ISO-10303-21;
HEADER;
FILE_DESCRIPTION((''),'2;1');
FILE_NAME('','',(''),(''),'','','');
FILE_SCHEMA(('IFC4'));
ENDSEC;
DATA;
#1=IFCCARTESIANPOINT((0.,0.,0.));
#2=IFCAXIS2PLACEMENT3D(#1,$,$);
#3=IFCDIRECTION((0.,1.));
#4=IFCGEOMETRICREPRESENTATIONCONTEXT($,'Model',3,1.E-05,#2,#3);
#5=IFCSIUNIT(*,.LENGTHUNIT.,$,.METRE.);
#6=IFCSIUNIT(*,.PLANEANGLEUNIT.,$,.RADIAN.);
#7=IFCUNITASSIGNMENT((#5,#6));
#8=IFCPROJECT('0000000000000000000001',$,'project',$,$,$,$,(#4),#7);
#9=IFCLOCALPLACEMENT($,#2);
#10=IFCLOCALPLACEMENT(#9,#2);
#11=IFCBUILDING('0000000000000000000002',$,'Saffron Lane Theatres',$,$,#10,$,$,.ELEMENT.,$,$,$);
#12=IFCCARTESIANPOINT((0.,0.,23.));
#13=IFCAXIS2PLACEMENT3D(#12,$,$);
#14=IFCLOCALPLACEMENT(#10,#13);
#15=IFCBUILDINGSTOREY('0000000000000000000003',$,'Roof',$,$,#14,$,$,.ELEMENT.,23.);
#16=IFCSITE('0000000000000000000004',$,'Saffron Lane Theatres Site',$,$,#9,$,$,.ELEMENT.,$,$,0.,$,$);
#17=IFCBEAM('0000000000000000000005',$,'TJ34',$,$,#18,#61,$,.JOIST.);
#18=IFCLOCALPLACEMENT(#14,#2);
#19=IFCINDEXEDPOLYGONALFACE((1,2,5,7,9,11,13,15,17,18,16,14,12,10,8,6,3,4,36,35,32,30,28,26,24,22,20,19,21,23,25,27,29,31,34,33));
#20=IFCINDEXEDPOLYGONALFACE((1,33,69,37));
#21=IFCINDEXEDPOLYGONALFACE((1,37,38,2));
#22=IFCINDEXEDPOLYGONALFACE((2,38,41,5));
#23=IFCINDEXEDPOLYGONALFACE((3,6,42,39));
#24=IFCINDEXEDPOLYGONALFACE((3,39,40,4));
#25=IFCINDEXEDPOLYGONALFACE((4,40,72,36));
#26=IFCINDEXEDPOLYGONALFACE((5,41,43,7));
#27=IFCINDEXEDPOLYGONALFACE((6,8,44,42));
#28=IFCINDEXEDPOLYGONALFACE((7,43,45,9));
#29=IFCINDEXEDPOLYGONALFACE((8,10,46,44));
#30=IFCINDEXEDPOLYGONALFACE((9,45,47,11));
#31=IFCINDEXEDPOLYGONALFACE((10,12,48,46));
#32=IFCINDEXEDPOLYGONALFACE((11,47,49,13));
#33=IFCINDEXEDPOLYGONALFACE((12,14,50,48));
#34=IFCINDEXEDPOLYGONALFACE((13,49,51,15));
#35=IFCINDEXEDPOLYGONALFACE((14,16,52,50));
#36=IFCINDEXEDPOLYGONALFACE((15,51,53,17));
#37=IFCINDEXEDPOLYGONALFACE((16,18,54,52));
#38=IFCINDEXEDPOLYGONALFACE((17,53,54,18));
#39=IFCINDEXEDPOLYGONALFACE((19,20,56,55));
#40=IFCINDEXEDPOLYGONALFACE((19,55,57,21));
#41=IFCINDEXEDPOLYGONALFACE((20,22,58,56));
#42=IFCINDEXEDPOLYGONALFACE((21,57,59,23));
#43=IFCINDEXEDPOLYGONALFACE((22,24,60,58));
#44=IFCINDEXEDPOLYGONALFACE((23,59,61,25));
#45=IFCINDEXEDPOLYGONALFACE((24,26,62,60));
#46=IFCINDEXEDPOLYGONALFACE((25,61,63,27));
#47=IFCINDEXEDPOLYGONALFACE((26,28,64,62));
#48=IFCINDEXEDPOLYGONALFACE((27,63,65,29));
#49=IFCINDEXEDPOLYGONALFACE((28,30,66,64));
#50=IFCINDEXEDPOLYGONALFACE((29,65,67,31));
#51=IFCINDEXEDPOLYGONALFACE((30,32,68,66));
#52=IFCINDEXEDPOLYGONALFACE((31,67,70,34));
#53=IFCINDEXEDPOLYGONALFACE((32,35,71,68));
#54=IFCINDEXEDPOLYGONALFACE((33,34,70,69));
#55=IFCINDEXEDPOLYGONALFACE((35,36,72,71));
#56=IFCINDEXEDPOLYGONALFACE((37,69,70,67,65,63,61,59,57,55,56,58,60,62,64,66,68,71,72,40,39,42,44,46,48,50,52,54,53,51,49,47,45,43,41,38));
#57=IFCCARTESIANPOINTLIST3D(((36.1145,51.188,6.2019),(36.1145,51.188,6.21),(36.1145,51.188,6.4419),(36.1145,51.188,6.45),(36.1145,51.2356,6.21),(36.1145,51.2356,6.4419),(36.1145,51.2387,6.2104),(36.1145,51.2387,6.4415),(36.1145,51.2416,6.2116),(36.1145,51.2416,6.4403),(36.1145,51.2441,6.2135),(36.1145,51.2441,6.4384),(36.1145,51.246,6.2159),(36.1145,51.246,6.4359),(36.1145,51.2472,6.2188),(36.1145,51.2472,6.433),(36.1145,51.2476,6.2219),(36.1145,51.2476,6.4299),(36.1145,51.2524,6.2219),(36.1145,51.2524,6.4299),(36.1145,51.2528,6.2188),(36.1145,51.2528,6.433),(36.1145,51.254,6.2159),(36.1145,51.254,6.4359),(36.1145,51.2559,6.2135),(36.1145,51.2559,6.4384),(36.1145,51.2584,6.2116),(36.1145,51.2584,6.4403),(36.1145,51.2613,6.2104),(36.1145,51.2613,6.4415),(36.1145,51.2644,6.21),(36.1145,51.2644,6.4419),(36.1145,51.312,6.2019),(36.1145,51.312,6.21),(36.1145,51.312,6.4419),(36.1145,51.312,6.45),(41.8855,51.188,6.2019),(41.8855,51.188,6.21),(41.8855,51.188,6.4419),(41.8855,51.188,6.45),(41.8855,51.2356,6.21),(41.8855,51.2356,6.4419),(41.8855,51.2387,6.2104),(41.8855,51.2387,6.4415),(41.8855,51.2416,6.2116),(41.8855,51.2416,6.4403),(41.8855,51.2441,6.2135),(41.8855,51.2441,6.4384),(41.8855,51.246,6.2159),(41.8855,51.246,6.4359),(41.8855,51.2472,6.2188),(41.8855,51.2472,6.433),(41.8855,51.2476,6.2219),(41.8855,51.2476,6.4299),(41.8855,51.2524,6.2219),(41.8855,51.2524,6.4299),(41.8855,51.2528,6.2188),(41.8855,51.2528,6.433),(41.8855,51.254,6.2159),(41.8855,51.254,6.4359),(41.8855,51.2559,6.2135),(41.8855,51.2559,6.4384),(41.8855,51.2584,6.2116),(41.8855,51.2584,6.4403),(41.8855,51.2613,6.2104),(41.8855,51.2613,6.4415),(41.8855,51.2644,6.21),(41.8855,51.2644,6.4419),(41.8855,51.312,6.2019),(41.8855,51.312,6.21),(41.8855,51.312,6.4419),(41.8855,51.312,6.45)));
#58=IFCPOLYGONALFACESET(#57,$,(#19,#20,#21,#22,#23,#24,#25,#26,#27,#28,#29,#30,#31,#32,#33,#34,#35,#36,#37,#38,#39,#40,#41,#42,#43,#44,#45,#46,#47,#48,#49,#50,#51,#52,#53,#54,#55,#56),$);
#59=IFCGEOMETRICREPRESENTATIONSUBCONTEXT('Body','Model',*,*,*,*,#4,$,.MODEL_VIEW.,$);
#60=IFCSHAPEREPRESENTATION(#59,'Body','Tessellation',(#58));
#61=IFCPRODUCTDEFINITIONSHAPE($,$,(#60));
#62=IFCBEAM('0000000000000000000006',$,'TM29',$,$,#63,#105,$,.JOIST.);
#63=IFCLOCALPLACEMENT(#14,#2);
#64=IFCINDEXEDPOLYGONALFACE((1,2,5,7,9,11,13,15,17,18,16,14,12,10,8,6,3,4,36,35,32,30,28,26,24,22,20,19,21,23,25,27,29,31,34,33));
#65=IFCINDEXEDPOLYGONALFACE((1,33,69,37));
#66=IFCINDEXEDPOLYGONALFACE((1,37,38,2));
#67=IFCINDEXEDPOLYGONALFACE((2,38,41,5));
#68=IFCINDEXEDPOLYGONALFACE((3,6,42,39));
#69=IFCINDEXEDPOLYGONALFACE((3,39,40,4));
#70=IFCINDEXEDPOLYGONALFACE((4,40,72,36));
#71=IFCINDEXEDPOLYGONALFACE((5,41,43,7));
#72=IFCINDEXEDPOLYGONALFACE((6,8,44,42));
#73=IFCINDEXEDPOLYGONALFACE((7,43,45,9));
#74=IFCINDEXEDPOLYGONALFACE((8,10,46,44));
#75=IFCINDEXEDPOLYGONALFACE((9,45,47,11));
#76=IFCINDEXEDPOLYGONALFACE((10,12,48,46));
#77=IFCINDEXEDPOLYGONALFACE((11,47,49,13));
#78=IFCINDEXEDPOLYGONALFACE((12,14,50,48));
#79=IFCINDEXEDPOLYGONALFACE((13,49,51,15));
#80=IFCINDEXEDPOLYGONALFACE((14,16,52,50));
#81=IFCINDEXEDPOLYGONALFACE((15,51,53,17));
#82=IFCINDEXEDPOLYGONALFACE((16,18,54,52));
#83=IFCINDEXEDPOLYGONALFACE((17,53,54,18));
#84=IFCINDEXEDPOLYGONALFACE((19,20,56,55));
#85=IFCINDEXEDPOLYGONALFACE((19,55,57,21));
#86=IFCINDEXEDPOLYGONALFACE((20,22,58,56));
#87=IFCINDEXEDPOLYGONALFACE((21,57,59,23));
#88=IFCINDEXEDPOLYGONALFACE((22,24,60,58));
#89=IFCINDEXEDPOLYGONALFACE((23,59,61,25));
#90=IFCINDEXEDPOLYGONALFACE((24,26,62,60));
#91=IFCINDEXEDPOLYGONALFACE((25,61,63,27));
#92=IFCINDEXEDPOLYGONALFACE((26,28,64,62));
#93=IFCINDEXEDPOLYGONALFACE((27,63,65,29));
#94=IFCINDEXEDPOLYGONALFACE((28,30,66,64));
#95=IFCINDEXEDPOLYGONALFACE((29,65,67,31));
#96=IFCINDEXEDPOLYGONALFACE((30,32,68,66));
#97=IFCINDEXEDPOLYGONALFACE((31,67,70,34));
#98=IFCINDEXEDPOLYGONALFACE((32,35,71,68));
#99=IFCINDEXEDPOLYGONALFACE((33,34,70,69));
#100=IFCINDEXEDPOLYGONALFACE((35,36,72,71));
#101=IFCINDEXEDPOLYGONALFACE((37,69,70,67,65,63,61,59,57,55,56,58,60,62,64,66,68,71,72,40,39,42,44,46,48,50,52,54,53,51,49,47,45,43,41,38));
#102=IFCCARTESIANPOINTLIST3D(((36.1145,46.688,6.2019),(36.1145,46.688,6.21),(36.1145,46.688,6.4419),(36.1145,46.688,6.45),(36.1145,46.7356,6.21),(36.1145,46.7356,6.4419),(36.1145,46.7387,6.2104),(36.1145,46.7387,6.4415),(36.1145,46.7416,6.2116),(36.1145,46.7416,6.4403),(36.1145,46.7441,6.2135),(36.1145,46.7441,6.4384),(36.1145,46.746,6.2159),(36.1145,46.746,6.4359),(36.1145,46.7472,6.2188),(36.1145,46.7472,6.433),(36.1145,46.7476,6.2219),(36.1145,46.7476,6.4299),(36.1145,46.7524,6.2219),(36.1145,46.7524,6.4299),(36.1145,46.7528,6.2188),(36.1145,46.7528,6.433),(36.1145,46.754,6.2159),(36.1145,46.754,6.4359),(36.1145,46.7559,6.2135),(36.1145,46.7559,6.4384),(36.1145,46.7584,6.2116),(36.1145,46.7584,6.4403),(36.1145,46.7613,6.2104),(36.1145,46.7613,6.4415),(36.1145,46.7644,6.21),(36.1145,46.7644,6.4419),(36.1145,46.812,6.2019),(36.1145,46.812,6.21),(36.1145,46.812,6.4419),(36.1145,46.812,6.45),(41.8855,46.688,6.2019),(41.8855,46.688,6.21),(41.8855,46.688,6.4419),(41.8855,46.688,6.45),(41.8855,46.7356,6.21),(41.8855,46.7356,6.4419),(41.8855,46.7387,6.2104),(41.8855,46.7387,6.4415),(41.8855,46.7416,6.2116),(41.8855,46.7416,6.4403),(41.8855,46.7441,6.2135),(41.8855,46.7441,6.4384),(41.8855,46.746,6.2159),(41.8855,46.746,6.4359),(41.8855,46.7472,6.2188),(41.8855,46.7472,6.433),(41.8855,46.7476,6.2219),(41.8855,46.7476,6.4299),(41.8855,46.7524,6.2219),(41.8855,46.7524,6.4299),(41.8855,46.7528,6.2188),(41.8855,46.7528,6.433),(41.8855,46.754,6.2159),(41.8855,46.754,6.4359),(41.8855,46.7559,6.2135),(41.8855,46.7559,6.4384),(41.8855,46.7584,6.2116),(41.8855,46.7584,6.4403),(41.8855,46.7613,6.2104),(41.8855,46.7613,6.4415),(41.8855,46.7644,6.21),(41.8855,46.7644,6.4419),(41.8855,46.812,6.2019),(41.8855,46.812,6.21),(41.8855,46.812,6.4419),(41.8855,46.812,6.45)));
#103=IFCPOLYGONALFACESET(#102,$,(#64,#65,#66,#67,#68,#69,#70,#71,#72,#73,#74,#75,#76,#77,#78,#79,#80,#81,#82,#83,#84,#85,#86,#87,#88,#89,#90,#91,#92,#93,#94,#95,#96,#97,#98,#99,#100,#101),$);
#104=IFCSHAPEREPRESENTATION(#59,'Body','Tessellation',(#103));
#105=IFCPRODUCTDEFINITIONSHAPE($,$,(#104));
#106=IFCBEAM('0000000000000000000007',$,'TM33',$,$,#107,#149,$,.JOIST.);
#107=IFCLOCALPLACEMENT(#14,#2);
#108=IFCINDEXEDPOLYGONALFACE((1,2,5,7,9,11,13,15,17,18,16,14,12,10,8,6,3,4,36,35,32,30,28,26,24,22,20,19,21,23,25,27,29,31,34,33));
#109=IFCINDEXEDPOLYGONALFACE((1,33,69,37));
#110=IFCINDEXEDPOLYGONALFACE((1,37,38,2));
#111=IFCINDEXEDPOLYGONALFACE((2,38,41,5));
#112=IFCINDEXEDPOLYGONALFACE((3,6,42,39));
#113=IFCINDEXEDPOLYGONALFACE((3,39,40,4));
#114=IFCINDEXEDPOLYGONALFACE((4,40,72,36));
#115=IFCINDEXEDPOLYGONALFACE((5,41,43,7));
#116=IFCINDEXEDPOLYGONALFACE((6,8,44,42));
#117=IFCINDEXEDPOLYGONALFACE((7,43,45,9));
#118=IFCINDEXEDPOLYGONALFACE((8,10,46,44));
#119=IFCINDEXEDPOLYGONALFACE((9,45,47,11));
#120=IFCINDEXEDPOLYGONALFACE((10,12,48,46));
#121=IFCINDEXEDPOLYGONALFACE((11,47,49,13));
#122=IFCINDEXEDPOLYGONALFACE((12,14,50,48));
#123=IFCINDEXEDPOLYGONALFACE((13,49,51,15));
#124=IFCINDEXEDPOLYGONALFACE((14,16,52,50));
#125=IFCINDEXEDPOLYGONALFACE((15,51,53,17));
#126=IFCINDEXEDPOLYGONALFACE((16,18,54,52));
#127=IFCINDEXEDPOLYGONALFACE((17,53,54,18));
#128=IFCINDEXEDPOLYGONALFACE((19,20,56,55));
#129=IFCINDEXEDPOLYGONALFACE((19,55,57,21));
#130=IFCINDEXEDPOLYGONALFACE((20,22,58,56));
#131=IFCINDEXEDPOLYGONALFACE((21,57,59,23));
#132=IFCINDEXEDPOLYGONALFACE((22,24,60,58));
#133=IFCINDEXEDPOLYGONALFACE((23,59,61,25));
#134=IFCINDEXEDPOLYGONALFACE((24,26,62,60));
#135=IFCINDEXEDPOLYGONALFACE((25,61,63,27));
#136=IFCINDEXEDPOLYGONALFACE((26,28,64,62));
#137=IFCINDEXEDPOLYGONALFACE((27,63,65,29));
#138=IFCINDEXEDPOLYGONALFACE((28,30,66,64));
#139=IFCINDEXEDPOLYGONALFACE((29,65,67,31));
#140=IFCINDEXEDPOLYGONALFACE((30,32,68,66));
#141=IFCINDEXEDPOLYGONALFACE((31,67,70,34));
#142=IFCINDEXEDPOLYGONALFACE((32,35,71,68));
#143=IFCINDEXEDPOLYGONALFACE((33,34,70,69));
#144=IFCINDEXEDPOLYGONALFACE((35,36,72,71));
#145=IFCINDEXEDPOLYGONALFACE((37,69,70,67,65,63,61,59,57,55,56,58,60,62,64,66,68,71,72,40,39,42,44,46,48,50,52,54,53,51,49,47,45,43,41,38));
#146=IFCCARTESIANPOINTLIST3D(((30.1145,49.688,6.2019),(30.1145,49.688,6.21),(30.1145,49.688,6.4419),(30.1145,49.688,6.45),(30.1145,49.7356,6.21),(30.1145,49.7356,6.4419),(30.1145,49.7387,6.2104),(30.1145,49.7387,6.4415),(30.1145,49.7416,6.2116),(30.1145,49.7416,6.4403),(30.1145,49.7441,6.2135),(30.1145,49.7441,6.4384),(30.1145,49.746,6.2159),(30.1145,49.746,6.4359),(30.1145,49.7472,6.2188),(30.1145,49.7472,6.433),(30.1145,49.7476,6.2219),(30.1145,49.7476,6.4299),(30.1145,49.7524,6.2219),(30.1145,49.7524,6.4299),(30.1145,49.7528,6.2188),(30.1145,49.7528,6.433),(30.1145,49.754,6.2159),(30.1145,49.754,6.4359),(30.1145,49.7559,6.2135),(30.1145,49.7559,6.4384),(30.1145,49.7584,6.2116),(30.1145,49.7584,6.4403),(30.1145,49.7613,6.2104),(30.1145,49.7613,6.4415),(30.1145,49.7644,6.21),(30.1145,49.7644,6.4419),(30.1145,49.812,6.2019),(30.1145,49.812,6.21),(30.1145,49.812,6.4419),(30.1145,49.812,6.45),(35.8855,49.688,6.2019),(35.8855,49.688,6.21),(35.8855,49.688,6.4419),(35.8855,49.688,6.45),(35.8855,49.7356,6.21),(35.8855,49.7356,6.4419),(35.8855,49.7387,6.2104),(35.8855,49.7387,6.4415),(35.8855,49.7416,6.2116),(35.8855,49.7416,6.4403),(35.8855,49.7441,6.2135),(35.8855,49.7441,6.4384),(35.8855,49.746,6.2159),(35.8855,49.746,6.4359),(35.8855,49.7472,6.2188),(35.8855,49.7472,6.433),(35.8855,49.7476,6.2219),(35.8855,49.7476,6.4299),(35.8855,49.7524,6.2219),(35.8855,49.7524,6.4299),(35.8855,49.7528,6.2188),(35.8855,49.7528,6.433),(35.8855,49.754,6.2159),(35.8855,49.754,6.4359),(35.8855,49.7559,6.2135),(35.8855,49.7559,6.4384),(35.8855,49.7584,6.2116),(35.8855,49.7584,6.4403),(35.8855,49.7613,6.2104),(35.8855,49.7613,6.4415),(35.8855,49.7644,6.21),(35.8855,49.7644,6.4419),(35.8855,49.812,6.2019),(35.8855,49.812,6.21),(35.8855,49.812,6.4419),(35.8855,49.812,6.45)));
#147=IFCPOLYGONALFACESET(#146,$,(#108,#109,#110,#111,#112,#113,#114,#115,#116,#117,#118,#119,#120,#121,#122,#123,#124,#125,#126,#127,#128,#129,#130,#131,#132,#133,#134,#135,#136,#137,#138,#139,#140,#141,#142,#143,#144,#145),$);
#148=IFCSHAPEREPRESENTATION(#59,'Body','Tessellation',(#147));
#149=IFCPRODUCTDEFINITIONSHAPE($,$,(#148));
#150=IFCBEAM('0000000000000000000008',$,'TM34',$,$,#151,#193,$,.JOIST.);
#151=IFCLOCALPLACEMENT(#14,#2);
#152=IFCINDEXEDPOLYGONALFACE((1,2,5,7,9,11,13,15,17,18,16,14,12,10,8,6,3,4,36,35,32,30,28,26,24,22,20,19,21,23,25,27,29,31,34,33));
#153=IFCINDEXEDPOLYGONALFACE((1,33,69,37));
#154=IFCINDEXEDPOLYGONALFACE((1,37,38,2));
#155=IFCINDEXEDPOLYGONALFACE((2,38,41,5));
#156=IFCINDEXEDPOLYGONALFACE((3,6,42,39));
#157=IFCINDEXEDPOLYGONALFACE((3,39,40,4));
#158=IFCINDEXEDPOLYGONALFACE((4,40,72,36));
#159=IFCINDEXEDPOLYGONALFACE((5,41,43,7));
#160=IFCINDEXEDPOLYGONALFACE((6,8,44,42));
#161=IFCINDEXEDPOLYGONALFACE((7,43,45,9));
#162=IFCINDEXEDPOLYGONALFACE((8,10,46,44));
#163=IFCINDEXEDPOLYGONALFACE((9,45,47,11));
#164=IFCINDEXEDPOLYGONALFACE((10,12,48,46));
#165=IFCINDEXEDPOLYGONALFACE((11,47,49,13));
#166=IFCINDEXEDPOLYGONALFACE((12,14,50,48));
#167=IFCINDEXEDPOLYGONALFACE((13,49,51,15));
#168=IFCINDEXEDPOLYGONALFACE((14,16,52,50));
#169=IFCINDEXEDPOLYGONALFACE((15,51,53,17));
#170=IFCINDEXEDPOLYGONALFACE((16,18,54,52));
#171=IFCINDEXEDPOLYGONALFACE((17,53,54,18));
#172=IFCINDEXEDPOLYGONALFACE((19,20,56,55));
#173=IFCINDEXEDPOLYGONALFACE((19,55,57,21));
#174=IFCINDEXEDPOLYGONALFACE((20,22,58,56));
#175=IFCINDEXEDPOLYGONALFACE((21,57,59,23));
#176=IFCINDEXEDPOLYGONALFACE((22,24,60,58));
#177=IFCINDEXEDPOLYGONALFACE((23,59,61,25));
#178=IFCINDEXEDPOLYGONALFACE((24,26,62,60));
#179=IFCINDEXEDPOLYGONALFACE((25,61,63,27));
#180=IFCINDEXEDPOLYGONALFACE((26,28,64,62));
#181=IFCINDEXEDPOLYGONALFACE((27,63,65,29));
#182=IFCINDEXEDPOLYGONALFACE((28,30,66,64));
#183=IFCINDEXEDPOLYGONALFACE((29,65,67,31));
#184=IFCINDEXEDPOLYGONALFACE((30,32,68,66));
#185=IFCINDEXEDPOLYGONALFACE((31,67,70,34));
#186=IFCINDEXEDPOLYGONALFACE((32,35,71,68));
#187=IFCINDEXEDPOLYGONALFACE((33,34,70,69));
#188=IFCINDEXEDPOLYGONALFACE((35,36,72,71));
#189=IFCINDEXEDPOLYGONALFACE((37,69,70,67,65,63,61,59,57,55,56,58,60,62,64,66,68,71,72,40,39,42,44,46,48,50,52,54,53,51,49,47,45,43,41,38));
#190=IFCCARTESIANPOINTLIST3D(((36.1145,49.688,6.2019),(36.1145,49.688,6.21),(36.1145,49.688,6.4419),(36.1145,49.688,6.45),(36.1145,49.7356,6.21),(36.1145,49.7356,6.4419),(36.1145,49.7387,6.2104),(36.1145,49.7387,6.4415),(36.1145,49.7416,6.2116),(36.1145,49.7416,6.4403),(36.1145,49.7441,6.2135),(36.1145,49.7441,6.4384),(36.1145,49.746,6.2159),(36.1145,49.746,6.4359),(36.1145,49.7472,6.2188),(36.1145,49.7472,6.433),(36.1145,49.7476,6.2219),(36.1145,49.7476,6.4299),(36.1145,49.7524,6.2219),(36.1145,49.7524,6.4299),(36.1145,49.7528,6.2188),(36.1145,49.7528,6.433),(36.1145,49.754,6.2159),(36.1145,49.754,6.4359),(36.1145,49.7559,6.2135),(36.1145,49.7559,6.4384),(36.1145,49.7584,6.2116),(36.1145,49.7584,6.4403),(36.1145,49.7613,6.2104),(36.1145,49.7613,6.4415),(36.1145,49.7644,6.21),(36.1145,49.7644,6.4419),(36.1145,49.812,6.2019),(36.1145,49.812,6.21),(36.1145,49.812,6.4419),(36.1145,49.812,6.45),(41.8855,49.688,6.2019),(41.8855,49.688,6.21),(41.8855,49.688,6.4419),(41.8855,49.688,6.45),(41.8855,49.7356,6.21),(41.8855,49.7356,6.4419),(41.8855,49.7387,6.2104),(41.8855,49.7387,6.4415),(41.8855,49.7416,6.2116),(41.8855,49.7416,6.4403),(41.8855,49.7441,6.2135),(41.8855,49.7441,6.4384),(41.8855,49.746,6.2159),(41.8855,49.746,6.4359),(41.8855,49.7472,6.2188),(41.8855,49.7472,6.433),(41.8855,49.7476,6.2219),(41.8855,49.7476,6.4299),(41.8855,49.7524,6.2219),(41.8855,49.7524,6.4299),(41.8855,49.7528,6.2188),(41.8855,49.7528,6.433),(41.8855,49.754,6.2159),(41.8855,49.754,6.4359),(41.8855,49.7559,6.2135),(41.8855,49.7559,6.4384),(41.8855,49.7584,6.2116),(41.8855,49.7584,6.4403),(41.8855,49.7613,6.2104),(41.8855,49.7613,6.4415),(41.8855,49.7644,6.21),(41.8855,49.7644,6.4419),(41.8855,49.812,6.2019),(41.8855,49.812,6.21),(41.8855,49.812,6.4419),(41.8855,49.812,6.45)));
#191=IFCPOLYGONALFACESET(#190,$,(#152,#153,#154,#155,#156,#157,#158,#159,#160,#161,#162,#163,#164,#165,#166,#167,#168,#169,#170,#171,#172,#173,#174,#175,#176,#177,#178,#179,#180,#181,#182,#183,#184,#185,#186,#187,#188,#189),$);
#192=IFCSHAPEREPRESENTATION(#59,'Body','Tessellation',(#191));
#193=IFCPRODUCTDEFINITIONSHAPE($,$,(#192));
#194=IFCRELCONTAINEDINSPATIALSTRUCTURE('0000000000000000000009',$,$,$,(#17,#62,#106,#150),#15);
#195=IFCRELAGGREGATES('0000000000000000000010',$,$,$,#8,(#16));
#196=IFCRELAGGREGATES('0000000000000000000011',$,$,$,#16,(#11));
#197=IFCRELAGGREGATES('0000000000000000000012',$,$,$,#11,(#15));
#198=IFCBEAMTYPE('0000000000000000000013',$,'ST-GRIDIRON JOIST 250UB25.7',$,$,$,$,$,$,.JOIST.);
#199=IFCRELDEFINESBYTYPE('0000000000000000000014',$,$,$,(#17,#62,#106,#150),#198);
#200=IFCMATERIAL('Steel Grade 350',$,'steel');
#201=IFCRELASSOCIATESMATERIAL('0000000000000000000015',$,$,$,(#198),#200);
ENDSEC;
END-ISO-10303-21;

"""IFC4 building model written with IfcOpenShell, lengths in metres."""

from ifc_helpers import new_model, si_unit, direction, frame, origin, origin_2d, place, context, subcontext, project, spatial, i_section, extrude, material, material_profile, profile_set, type_object, element, save


model = new_model("IFC4")

# Units and contexts
model_context = context("Model", 3, precision=1e-05, world=origin(), true_north=direction((0.0, 1.0)))
body_context = subcontext(model_context, "Body", "Model", "MODEL_VIEW")
ifc_project = project(units=[si_unit("LENGTHUNIT", "METRE"), si_unit("PLANEANGLEUNIT", "RADIAN")], contexts=[model_context])

# Site, building, storey
site_placement = place(None, origin())
site = spatial("IfcSite", under=ifc_project, at=site_placement, Name="Saffron Lane Theatres Site", CompositionType="ELEMENT", RefElevation=0.0)
building_placement = place(site_placement, origin())
building = spatial("IfcBuilding", under=site, at=building_placement, Name="Saffron Lane Theatres", CompositionType="ELEMENT")
storey_placement = place(building_placement, frame((0.0, 0.0, 23.0)))
storey = spatial("IfcBuildingStorey", under=building, at=storey_placement, Name="Roof", CompositionType="ELEMENT", Elevation=23.0)

# Beams
ifc_material_1 = material(Name="Steel Grade 350", Category="steel")
ifc_material_profile_1 = material_profile(ifc_material_1, i_section(OverallWidth=0.124, OverallDepth=0.248, WebThickness=0.0049, FlangeThickness=0.0081, FilletRadius=0.012, at=origin_2d()))
ifc_profile_set_1 = profile_set([ifc_material_profile_1], Name="Steel Grade 350")
beam_type_1 = type_object("IfcBeamType", Name="ST-GRIDIRON JOIST 250UB25.7", PredefinedType="JOIST", material=ifc_profile_set_1)
for number, where, z_axis, x_axis, name in (
    (1, (36.1145, 51.25, 6.3259), (1.0, 0.0, 0.0), (0.0, 1.0, 0.0), "TJ34"),
    (2, (36.1145, 46.75, 6.3259), (1.0, 0.0, 0.0), (0.0, 1.0, 0.0), "TM29"),
    (3, (30.1145, 49.75, 6.3259), (1.0, 0.0, 0.0), (0.0, 1.0, 0.0), "TM33"),
    (4, (36.1145, 49.75, 6.3259), (1.0, 0.0, 0.0), (0.0, 1.0, 0.0), "TM34"),
):
    element("IfcBeam", number, at=place(storey_placement, frame(where, z_axis=z_axis, x_axis=x_axis)), inside=storey, type_object=beam_type_1, Name=name, PredefinedType="JOIST", context=body_context, shape_type="SweptSolid", body=[
        extrude(i_section(OverallWidth=0.124, OverallDepth=0.248, WebThickness=0.0049, FlangeThickness=0.0081, FilletRadius=0.012, at=origin_2d()), origin(), (0.0, 0.0, 1.0), 5.771),
    ])

save(model, "model.ifc")
